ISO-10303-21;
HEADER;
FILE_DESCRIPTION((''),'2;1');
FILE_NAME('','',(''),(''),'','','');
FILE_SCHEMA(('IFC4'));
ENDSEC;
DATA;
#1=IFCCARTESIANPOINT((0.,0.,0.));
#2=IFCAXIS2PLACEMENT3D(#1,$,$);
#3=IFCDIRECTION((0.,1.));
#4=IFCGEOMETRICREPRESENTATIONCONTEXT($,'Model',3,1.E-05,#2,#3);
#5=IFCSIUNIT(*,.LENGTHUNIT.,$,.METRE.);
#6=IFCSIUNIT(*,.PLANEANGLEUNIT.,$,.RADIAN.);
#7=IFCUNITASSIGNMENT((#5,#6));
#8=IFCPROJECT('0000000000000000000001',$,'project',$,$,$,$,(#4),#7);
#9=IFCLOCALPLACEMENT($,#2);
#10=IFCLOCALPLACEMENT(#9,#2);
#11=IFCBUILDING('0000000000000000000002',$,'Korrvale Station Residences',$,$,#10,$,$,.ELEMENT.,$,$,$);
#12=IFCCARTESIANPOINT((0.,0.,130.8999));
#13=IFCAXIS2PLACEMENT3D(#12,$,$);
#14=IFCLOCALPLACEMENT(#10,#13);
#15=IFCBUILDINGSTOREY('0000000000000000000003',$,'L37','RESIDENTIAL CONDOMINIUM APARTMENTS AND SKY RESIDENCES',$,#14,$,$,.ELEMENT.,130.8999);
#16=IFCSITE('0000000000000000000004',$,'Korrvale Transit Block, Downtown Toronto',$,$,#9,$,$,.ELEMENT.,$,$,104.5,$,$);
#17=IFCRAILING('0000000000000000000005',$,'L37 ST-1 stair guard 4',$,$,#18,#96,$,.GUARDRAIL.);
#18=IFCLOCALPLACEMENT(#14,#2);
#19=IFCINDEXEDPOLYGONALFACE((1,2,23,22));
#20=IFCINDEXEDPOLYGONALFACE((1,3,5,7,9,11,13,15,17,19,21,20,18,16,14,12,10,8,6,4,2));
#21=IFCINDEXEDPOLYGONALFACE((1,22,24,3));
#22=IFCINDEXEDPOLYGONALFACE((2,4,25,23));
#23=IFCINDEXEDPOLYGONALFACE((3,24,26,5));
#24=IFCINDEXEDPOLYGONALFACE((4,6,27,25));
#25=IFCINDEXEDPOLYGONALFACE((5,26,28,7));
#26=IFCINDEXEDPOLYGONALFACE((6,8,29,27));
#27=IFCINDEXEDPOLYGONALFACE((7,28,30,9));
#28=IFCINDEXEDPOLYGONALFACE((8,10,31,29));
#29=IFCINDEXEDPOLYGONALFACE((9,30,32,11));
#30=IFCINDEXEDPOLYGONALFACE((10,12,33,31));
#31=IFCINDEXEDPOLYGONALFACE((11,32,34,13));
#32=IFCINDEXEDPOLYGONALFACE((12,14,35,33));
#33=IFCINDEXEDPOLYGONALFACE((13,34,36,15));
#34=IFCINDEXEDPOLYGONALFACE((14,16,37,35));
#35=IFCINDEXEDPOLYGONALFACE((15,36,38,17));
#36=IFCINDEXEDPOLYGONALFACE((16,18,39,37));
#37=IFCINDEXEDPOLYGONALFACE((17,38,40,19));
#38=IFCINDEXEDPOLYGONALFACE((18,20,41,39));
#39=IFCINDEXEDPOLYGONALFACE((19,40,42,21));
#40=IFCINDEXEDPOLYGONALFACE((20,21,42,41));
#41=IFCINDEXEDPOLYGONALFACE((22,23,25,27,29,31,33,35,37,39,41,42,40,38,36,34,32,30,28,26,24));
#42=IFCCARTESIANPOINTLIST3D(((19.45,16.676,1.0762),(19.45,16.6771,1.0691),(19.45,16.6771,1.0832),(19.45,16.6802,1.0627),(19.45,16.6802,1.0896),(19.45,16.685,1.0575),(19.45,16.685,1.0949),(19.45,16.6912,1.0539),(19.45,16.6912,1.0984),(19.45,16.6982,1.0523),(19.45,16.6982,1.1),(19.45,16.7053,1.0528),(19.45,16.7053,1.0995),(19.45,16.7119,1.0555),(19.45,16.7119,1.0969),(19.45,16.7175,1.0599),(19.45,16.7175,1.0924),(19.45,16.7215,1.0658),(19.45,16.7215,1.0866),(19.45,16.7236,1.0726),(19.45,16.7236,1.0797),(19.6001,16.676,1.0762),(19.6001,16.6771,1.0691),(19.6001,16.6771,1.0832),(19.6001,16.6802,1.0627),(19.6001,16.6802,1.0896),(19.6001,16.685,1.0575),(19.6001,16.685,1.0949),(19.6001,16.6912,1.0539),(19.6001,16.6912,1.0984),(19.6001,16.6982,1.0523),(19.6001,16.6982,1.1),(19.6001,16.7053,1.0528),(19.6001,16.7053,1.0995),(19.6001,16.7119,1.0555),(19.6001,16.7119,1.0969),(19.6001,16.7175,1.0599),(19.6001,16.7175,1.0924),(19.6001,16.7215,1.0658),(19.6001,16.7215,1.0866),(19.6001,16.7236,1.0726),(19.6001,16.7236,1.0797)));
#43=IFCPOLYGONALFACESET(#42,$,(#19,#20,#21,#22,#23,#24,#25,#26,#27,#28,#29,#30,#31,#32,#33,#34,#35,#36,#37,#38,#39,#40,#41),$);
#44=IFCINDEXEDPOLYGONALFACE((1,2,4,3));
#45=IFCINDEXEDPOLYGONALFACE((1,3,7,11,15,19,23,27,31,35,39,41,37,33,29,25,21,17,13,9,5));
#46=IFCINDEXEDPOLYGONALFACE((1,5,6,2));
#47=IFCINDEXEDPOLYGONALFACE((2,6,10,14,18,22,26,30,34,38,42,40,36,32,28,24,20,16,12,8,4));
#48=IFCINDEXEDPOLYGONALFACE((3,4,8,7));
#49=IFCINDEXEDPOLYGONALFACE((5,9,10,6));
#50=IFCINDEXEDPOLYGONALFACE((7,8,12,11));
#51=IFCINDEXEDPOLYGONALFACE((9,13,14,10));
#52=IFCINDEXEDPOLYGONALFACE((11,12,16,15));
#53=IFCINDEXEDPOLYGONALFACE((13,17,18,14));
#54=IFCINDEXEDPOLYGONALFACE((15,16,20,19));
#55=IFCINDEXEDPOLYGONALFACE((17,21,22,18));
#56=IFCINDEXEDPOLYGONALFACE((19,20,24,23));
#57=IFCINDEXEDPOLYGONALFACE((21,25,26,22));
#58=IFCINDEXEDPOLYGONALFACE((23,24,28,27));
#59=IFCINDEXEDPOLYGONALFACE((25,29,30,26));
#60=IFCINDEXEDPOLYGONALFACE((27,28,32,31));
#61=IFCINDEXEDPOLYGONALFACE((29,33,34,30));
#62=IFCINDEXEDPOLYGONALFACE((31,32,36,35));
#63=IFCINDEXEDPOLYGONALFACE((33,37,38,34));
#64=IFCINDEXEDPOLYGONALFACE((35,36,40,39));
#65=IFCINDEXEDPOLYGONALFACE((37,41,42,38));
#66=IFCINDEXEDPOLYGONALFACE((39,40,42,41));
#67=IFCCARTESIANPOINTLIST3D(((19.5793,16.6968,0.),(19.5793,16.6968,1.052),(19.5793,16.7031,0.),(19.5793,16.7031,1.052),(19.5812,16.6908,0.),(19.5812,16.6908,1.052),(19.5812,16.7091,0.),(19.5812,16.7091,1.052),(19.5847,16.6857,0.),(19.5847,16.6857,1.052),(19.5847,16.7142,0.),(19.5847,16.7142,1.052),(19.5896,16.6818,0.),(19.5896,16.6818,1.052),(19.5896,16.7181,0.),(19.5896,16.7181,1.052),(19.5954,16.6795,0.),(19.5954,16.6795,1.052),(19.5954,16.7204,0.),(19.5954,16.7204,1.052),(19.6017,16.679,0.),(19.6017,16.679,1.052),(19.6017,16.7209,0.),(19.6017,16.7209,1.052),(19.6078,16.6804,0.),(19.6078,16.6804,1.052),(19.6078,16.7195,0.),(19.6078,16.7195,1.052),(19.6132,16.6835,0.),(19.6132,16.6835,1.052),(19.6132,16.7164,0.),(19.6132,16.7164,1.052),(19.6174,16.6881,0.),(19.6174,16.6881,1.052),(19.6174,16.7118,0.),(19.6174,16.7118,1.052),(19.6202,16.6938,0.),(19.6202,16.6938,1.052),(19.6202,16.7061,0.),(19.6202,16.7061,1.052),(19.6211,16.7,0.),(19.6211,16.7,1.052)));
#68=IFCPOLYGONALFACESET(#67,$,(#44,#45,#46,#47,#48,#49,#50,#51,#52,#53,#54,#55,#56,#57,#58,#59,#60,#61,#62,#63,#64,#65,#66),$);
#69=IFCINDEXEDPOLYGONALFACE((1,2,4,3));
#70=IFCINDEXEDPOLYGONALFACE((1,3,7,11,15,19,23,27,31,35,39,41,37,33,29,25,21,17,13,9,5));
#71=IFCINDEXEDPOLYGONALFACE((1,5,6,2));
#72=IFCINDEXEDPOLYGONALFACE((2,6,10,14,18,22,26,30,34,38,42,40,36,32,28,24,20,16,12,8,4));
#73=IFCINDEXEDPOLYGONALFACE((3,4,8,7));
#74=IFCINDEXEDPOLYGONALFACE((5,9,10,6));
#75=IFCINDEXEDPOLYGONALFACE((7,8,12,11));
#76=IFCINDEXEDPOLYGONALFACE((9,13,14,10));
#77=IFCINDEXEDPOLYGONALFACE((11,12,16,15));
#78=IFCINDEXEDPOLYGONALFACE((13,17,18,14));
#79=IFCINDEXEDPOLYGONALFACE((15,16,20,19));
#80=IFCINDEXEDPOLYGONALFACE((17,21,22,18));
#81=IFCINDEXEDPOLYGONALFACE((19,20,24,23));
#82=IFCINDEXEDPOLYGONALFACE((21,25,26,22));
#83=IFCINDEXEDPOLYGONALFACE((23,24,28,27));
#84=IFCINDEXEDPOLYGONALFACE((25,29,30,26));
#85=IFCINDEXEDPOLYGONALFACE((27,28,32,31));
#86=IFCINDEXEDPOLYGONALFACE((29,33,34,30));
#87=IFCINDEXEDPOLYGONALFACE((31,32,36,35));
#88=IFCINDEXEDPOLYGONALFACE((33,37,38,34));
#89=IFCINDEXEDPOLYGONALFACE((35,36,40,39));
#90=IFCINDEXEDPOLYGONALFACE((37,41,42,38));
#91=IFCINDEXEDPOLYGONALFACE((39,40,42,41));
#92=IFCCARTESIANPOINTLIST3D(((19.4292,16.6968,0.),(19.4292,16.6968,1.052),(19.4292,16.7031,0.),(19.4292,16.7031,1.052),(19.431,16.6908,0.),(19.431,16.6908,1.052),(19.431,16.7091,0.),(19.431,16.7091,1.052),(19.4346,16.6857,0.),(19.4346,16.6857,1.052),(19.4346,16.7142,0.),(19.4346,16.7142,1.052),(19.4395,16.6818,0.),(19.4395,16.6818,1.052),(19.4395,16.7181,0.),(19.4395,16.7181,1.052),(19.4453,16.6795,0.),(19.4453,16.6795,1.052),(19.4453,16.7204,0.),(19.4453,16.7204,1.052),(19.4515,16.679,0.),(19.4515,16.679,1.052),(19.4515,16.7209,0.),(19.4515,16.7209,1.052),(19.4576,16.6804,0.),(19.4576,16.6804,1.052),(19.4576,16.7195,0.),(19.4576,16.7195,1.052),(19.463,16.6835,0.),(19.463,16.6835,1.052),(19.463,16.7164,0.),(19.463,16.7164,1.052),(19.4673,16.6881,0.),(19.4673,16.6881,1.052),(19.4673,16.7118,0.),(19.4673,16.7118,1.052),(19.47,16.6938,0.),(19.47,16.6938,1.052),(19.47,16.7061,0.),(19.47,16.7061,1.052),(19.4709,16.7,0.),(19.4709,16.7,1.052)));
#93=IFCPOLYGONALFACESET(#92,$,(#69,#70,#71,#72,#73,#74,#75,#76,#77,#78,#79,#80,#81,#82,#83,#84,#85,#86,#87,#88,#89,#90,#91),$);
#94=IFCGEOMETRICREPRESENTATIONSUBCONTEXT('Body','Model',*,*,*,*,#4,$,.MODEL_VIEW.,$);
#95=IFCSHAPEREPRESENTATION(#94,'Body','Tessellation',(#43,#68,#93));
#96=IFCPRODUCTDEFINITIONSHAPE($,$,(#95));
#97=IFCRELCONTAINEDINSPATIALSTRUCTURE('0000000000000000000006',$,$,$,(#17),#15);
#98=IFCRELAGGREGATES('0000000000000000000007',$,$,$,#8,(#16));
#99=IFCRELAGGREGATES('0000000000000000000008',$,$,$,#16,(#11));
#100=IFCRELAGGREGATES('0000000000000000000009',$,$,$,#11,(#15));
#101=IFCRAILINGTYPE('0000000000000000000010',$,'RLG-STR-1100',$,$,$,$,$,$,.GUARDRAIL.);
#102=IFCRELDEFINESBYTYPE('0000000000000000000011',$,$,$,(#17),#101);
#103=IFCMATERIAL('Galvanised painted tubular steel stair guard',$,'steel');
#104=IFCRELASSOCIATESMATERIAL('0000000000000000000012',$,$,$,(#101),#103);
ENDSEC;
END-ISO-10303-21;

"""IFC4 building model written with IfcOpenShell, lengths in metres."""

from ifc_helpers import new_model, si_unit, direction, frame, origin, origin_2d, place, context, subcontext, project, spatial, circle, extrude, material, type_object, element, save


model = new_model("IFC4")

# Units and contexts
model_context = context("Model", 3, precision=1e-05, world=origin(), true_north=direction((0.0, 1.0)))
body_context = subcontext(model_context, "Body", "Model", "MODEL_VIEW")
ifc_project = project(units=[si_unit("LENGTHUNIT", "METRE"), si_unit("PLANEANGLEUNIT", "RADIAN")], contexts=[model_context])

# Site, building, storey
site_placement = place(None, origin())
site = spatial("IfcSite", under=ifc_project, at=site_placement, Name="Korrvale Transit Block, Downtown Toronto", CompositionType="ELEMENT", RefElevation=104.5)
building_placement = place(site_placement, origin())
building = spatial("IfcBuilding", under=site, at=building_placement, Name="Korrvale Station Residences", CompositionType="ELEMENT")
storey_placement = place(building_placement, frame((0.0, 0.0, 130.8999)))
storey = spatial("IfcBuildingStorey", under=building, at=storey_placement, Name="L37", Description="RESIDENTIAL CONDOMINIUM APARTMENTS AND SKY RESIDENCES", CompositionType="ELEMENT", Elevation=130.8999)

# Railing
ifc_material_1 = material(Name="Galvanised painted tubular steel stair guard", Category="steel")
railing_type_1 = type_object("IfcRailingType", Name="RLG-STR-1100", PredefinedType="GUARDRAIL", material=ifc_material_1)
railing_1_placement = place(storey_placement, frame((19.6001, 16.7, 0.0)))
element("IfcRailing", 1, at=railing_1_placement, inside=storey, type_object=railing_type_1, Name="L37 ST-1 stair guard 4", PredefinedType="GUARDRAIL", context=body_context, shape_type="SweptSolid", body=[
    extrude(circle(Radius=0.0239, at=origin_2d()), frame((0.0, 0.0, 1.0762), z_axis=(-1.0, 0.0, 0.0), x_axis=(0.0, -1.0, 0.0)), (0.0, 0.0, 1.0), 0.1501),
    extrude(circle(Radius=0.021, at=origin_2d()), origin(), (0.0, 0.0, 1.0), 1.052),
    extrude(circle(Radius=0.021, at=origin_2d()), frame((-0.1501, 0.0, 0.0)), (0.0, 0.0, 1.0), 1.052),
])

save(model, "model.ifc")
